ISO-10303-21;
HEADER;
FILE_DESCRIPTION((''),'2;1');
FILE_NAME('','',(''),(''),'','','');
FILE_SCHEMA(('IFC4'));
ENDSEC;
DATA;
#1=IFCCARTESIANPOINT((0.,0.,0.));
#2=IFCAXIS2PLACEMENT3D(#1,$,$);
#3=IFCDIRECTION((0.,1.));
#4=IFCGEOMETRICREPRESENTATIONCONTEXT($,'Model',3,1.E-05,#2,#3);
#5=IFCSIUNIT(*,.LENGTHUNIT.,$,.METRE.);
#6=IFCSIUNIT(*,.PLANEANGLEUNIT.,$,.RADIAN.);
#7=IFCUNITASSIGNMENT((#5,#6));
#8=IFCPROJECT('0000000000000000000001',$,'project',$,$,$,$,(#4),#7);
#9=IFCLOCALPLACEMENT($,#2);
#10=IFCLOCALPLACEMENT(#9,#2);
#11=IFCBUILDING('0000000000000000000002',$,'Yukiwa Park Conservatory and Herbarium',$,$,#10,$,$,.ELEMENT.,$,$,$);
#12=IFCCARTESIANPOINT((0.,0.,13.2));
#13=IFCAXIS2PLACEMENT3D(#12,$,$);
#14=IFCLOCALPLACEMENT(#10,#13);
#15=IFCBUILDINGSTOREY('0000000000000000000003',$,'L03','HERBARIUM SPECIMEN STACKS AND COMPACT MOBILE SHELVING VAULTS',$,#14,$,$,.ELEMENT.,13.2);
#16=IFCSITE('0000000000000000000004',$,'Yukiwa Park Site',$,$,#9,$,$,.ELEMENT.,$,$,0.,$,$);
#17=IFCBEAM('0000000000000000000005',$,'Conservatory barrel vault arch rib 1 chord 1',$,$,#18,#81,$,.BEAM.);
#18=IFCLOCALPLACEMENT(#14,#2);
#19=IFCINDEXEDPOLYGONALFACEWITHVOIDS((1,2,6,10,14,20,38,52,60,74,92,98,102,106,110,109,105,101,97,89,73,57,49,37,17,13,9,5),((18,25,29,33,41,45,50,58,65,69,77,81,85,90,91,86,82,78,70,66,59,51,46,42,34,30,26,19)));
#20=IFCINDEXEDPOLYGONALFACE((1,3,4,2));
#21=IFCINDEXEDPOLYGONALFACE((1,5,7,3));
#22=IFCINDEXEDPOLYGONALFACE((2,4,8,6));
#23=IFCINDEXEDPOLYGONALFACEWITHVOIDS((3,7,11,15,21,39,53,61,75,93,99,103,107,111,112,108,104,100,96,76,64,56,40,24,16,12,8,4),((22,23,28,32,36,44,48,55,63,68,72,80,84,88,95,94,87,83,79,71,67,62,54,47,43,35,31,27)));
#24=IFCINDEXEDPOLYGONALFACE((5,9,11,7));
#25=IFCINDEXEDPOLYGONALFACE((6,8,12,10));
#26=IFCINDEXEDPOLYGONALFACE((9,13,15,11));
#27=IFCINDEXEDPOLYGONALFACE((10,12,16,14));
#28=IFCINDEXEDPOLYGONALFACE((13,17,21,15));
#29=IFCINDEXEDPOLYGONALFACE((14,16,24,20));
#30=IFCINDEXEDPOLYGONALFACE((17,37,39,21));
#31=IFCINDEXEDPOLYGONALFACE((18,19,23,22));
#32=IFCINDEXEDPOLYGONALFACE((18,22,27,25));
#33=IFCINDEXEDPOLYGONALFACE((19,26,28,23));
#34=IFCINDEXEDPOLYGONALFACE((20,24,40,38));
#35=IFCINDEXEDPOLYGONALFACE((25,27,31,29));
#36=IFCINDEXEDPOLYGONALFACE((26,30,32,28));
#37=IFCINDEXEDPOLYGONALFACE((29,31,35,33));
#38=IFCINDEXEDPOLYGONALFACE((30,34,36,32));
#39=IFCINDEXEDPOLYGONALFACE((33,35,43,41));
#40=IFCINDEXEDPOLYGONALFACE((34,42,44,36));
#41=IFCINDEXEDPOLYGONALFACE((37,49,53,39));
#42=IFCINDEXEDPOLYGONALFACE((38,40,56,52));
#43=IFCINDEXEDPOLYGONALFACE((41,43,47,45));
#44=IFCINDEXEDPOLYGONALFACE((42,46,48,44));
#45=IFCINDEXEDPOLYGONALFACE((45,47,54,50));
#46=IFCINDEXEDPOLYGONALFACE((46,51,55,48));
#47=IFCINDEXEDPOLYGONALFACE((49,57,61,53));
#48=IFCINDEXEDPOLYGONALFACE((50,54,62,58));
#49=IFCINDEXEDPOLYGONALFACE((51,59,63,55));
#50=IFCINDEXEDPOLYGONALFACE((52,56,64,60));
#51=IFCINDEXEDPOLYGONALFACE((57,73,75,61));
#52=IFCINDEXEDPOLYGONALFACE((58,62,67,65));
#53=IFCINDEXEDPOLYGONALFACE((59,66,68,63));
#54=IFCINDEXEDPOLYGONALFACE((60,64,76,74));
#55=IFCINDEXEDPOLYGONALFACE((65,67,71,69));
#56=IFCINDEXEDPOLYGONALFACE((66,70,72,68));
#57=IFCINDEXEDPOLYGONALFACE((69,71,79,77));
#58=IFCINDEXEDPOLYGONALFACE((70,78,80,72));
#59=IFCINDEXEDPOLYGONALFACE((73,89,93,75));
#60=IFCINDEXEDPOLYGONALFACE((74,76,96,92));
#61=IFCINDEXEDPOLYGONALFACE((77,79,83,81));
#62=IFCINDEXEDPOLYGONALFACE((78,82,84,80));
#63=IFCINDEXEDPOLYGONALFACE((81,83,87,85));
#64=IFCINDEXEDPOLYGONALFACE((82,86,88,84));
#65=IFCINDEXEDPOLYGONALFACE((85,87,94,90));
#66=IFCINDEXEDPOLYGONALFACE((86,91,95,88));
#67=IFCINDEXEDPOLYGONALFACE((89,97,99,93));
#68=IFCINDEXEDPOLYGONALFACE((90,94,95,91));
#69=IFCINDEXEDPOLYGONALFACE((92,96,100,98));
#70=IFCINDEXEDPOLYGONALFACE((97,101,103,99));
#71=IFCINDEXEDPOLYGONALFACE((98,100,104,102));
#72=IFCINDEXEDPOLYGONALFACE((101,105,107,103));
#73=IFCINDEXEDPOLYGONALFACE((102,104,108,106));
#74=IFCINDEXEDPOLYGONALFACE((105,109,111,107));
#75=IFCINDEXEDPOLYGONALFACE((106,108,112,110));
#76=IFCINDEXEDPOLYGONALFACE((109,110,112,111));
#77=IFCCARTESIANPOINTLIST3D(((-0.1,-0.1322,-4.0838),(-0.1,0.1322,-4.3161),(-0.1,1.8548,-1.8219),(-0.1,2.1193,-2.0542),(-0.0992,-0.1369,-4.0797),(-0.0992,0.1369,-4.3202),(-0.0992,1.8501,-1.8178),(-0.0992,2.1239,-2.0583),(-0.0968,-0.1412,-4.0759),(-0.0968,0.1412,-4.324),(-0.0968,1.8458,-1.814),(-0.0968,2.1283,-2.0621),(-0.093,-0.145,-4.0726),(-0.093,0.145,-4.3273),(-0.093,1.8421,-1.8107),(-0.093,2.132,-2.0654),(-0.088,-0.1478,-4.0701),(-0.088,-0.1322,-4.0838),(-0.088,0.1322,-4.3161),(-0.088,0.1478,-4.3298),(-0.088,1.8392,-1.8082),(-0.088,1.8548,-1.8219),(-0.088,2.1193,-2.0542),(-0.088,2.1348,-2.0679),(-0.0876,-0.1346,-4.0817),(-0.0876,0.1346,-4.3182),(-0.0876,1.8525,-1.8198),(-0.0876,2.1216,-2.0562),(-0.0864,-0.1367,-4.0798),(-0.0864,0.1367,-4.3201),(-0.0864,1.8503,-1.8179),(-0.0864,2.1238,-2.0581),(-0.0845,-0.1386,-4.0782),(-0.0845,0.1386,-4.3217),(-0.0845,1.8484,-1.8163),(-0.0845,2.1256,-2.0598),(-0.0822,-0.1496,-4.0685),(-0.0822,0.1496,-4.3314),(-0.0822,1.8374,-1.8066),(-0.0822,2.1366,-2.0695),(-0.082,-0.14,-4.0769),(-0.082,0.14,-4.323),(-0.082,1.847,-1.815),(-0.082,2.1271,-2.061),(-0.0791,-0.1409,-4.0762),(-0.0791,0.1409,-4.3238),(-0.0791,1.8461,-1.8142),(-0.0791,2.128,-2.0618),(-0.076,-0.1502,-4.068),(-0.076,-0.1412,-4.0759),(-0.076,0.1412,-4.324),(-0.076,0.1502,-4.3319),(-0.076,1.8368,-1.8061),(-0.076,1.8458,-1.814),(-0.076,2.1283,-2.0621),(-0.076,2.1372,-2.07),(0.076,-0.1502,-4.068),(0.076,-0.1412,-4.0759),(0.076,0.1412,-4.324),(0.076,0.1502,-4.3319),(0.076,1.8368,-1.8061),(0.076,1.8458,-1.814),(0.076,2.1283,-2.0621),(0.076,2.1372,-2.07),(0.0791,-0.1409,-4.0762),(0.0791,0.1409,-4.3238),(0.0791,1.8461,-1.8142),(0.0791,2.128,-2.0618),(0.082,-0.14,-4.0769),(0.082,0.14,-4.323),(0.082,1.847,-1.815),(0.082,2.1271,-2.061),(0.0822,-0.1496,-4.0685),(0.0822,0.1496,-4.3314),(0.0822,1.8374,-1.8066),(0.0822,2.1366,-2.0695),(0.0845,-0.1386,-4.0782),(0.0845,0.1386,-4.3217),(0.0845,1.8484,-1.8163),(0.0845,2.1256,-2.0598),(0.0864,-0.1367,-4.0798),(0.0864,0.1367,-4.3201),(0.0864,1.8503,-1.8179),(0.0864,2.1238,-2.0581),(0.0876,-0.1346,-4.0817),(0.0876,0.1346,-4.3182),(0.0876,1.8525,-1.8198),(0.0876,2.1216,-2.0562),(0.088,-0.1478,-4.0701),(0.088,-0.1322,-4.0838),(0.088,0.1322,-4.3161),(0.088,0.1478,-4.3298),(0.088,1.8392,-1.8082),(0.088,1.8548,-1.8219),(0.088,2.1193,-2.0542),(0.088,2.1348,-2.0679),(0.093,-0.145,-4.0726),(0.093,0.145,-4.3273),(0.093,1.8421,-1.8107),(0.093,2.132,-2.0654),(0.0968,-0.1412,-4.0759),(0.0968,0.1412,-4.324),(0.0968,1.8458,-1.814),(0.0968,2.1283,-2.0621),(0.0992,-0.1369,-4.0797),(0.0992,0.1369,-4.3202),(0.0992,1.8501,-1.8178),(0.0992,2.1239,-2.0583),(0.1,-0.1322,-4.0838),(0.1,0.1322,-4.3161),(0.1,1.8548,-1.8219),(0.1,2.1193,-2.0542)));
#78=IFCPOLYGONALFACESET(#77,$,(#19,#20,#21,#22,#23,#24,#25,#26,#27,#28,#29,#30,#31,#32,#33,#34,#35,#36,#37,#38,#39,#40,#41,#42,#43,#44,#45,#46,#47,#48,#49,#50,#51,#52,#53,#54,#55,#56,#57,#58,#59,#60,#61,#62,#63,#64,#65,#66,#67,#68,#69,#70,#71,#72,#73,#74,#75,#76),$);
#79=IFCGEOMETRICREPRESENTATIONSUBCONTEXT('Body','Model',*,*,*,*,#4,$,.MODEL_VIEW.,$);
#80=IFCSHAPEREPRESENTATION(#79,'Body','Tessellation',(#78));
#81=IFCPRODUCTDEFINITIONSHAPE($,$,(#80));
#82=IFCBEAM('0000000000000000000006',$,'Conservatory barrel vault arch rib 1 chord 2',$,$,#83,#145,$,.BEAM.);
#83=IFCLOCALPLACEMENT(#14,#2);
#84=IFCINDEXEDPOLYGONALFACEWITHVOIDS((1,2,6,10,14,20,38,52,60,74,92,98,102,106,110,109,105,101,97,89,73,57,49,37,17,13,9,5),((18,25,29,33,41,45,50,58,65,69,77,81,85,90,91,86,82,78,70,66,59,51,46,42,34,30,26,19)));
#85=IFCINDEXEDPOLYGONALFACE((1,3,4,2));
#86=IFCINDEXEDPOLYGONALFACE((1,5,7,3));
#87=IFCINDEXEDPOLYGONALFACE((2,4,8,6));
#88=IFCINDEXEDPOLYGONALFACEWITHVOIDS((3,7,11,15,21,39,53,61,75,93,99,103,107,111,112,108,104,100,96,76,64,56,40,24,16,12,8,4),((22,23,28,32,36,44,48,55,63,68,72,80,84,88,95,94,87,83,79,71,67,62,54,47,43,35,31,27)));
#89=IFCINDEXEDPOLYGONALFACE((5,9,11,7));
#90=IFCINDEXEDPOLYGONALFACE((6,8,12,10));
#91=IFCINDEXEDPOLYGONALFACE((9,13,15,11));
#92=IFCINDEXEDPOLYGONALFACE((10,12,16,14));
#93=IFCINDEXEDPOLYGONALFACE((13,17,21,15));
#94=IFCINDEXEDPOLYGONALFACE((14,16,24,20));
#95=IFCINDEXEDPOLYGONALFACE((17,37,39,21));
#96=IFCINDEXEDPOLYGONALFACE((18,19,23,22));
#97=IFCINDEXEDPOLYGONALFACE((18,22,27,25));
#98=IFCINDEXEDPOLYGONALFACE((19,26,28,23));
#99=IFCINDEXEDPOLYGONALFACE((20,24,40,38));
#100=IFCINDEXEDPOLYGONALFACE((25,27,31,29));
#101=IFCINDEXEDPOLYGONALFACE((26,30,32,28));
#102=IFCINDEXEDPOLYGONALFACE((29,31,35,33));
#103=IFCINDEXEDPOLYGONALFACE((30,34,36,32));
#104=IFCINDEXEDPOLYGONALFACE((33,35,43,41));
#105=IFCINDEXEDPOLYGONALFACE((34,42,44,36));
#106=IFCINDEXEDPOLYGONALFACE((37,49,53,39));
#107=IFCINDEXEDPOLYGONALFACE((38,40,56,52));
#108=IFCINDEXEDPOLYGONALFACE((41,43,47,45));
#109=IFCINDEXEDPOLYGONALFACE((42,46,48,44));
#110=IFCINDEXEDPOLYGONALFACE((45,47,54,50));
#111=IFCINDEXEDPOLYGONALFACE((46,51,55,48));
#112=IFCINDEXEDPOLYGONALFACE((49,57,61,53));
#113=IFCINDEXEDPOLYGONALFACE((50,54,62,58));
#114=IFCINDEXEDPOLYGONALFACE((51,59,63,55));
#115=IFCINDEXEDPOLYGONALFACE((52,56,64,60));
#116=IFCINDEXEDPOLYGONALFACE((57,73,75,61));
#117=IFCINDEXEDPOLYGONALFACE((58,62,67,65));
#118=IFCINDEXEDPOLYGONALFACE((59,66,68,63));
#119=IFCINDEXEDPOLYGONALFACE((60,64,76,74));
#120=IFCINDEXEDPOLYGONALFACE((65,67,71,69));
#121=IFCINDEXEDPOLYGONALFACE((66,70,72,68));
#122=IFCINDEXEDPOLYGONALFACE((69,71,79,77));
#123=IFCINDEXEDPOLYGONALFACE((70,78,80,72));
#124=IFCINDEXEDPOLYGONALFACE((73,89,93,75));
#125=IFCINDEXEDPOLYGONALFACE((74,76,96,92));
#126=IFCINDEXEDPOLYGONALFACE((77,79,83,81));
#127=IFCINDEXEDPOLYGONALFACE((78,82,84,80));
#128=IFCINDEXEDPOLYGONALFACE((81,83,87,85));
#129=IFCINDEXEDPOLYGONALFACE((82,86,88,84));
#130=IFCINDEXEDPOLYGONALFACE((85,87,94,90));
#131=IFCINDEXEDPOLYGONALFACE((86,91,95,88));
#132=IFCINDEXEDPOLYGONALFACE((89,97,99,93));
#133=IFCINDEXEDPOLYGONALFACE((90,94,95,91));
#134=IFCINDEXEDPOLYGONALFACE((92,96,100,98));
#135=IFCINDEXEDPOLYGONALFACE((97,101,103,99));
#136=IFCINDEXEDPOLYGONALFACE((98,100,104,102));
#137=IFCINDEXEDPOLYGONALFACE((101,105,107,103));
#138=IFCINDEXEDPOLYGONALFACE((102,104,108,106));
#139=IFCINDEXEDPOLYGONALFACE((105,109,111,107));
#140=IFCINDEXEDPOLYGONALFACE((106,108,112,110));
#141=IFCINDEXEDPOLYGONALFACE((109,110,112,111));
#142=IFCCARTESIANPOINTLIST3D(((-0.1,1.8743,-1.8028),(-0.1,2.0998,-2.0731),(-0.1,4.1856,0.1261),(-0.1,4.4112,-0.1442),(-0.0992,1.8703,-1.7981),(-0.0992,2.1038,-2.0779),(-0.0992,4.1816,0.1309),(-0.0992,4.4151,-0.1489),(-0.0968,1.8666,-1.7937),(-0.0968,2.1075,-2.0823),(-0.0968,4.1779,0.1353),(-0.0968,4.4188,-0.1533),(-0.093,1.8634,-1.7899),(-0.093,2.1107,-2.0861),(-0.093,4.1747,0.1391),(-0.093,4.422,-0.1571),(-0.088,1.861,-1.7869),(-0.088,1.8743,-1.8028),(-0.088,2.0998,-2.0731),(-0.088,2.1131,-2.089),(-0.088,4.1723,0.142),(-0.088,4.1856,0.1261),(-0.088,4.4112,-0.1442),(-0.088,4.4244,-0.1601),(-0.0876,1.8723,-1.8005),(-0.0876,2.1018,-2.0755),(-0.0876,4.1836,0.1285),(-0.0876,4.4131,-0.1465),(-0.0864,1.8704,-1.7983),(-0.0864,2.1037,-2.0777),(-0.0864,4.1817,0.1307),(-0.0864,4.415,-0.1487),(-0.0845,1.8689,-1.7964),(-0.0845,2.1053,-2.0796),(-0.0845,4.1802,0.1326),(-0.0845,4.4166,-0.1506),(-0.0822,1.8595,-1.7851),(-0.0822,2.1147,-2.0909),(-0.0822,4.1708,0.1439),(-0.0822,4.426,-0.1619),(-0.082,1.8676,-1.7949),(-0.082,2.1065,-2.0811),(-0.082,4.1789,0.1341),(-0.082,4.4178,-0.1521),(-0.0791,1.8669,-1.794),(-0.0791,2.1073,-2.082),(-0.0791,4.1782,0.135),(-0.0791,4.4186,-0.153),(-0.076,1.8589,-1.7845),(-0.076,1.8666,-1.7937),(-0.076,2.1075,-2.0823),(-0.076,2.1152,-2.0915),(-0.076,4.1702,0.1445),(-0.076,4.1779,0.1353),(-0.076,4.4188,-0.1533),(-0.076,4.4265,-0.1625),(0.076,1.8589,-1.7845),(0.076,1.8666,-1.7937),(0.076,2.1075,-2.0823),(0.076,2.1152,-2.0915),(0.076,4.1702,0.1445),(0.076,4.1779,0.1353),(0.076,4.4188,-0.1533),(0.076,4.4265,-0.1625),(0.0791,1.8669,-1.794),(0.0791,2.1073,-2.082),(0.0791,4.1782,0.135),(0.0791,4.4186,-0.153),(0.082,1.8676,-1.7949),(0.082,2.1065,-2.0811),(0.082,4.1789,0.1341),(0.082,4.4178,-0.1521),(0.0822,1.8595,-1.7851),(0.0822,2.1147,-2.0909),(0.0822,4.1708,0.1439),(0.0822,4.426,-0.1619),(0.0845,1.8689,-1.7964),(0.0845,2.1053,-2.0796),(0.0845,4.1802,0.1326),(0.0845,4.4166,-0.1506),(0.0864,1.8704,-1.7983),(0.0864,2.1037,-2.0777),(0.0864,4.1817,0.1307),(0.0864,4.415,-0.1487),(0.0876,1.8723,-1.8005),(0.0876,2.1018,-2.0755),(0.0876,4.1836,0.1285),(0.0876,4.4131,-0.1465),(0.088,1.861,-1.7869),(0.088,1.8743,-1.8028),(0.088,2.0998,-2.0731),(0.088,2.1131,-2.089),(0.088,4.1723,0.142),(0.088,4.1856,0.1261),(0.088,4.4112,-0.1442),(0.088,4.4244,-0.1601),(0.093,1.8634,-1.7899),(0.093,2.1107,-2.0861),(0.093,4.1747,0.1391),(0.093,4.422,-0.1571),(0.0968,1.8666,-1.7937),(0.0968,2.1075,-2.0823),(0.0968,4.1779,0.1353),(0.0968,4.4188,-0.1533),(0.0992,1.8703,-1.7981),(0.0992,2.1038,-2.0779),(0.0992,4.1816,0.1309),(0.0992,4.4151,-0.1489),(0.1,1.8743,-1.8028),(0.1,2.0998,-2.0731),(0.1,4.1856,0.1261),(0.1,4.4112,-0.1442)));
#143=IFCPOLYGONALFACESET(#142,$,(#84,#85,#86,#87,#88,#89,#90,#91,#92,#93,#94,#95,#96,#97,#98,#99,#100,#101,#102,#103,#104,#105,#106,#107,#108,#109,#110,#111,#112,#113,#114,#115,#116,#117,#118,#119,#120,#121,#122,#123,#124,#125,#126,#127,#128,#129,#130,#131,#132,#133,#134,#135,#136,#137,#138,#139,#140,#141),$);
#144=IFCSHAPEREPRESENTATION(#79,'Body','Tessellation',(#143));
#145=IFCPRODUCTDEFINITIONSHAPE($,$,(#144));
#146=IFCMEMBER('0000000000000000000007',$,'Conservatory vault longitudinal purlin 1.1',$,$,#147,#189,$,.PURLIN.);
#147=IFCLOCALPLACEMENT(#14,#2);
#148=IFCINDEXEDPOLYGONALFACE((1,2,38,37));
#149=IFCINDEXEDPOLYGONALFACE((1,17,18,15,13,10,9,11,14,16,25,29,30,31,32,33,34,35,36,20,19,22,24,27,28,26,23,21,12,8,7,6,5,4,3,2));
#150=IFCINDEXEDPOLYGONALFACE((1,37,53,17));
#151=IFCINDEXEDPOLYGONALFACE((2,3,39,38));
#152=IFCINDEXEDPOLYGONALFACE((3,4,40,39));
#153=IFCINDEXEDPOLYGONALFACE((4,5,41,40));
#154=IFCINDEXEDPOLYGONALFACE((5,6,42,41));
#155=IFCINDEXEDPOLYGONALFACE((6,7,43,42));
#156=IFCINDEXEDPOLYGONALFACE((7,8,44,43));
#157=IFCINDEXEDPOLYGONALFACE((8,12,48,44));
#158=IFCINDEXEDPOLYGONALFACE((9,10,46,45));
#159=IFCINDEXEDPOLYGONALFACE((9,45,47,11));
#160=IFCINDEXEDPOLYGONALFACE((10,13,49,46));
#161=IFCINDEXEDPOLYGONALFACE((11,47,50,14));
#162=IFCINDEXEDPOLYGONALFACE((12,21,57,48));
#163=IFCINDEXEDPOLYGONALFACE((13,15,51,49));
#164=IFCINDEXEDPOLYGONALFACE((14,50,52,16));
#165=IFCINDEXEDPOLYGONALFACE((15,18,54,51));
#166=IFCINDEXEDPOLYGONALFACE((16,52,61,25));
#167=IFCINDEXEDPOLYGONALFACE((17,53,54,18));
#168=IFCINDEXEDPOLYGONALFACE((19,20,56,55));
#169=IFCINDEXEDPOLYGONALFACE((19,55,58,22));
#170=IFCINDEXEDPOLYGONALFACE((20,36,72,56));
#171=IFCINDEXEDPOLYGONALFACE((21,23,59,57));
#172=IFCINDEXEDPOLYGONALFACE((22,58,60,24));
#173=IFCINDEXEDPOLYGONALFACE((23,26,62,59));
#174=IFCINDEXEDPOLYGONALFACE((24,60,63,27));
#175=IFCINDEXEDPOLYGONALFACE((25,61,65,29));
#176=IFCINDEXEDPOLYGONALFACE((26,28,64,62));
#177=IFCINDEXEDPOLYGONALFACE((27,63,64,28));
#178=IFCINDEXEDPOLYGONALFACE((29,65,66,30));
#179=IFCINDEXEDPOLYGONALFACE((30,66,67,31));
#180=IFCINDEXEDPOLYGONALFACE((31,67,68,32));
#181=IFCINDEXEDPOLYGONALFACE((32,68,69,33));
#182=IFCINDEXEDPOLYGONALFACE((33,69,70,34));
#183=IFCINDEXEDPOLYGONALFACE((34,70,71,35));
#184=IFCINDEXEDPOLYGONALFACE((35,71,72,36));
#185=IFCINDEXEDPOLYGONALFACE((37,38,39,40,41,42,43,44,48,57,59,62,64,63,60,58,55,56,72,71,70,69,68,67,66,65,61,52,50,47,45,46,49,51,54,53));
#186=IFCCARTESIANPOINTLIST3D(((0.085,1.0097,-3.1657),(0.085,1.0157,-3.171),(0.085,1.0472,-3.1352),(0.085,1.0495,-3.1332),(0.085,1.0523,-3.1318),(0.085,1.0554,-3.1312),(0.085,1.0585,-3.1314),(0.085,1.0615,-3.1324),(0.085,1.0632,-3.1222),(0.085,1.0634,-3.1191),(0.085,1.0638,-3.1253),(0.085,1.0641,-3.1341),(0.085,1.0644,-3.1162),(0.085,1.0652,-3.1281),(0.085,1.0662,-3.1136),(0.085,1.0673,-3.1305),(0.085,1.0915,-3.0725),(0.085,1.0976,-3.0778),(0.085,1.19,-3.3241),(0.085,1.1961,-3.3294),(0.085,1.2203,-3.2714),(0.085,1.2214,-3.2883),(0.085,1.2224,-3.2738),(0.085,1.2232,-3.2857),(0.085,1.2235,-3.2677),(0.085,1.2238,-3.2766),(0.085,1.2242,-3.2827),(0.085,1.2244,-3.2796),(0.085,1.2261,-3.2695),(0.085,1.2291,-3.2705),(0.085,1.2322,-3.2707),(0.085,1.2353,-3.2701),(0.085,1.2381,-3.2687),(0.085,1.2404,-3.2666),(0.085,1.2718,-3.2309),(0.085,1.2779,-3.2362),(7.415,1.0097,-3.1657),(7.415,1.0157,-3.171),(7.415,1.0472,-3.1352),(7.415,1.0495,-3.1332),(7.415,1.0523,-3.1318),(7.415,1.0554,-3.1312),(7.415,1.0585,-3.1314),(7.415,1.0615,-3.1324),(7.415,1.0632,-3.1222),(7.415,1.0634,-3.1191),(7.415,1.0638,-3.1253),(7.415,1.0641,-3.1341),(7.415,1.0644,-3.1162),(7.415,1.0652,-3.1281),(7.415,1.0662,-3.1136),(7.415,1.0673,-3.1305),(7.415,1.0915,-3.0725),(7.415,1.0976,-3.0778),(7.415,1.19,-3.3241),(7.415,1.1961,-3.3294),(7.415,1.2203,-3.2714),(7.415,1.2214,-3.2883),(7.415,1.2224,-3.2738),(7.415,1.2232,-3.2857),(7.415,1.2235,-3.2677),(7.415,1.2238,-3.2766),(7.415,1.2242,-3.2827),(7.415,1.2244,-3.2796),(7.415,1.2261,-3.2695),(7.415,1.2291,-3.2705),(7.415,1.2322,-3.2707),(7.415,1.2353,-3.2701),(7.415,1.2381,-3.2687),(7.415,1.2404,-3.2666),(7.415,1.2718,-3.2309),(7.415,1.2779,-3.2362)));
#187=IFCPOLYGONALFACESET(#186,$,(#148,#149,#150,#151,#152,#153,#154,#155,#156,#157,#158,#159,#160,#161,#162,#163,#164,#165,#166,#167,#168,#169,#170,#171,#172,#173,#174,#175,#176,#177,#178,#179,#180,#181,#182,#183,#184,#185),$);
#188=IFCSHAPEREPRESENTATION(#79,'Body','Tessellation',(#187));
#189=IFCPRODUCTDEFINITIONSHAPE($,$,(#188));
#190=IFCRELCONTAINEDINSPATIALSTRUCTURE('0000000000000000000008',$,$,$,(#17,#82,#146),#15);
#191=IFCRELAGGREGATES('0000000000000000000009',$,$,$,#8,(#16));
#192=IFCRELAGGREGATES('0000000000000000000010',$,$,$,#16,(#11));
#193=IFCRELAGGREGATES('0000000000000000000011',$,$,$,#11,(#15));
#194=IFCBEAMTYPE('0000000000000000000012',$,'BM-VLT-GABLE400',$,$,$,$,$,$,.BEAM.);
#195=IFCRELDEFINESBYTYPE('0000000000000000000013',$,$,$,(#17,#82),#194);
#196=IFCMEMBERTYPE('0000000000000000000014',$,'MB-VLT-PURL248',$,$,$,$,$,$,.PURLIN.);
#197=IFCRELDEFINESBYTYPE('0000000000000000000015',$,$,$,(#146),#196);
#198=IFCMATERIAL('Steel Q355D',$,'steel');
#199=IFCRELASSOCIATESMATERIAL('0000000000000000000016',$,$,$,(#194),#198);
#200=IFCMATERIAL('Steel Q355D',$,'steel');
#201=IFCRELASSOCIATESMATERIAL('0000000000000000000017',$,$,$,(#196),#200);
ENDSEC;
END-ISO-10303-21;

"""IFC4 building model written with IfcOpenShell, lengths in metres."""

from ifc_helpers import new_model, si_unit, direction, frame, origin, origin_2d, place, context, subcontext, project, spatial, hollow_rectangle, i_section, extrude, material, material_profile, profile_set, type_object, element, save


model = new_model("IFC4")

# Units and contexts
model_context = context("Model", 3, precision=1e-05, world=origin(), true_north=direction((0.0, 1.0)))
body_context = subcontext(model_context, "Body", "Model", "MODEL_VIEW")
ifc_project = project(units=[si_unit("LENGTHUNIT", "METRE"), si_unit("PLANEANGLEUNIT", "RADIAN")], contexts=[model_context])

# Site, building, storey
site_placement = place(None, origin())
site = spatial("IfcSite", under=ifc_project, at=site_placement, Name="Yukiwa Park Site", CompositionType="ELEMENT", RefElevation=0.0)
building_placement = place(site_placement, origin())
building = spatial("IfcBuilding", under=site, at=building_placement, Name="Yukiwa Park Conservatory and Herbarium", CompositionType="ELEMENT")
storey_placement = place(building_placement, frame((0.0, 0.0, 13.2)))
storey = spatial("IfcBuildingStorey", under=building, at=storey_placement, Name="L03", Description="HERBARIUM SPECIMEN STACKS AND COMPACT MOBILE SHELVING VAULTS", CompositionType="ELEMENT", Elevation=13.2)

# Beams
ifc_material_1 = material(Name="Steel Q355D", Category="steel")
ifc_material_profile_1 = material_profile(ifc_material_1, hollow_rectangle(XDim=0.2, YDim=0.3999, WallThickness=0.012, InnerFilletRadius=0.012, OuterFilletRadius=0.0239, at=origin_2d()), Name="RHS 400x200x12")
ifc_profile_set_1 = profile_set([ifc_material_profile_1], Name="Steel Q355D")
beam_type_1 = type_object("IfcBeamType", Name="BM-VLT-GABLE400", PredefinedType="BEAM", material=ifc_profile_set_1)
beam_1_placement = place(storey_placement, frame((0.0, 0.0, -4.2), z_axis=(0.0, 0.659979, 0.751284), x_axis=(-1.0, 0.0, 0.0)))
element("IfcBeam", 1, at=beam_1_placement, inside=storey, type_object=beam_type_1, Name="Conservatory barrel vault arch rib 1 chord 1", PredefinedType="BEAM", context=body_context, shape_type="SweptSolid", body=[
    extrude(hollow_rectangle(XDim=0.2, YDim=0.3999, WallThickness=0.012, InnerFilletRadius=0.012, OuterFilletRadius=0.0239, at=origin_2d()), origin(), (0.0, 0.0, 1.0), 3.0107),
])
beam_2_placement = place(storey_placement, frame((0.0, 1.9871, -1.938), z_axis=(0.0, 0.767749, 0.640751), x_axis=(-1.0, 0.0, 0.0)))
element("IfcBeam", 2, at=beam_2_placement, inside=storey, type_object=beam_type_1, Name="Conservatory barrel vault arch rib 1 chord 2", PredefinedType="BEAM", context=body_context, shape_type="SweptSolid", body=[
    extrude(hollow_rectangle(XDim=0.2, YDim=0.3999, WallThickness=0.012, InnerFilletRadius=0.012, OuterFilletRadius=0.0239, at=origin_2d()), origin(), (0.0, 0.0, 1.0), 3.0105),
])

# Member
ifc_material_2 = material(Name="Steel Q355D", Category="steel")
ifc_material_profile_2 = material_profile(ifc_material_2, i_section(OverallWidth=0.124, OverallDepth=0.248, WebThickness=0.0049, FlangeThickness=0.0081, FilletRadius=0.012, at=origin_2d()), Name="HN 248x124x5x8")
ifc_profile_set_2 = profile_set([ifc_material_profile_2], Name="Steel Q355D")
member_type_1 = type_object("IfcMemberType", Name="MB-VLT-PURL248", PredefinedType="PURLIN", material=ifc_profile_set_2)
member_1_placement = place(storey_placement, frame((0.085, 1.1438, -3.2009), z_axis=(1.0, 0.0, 0.0), x_axis=(0.0, 0.659968, 0.751294)))
element("IfcMember", 3, at=member_1_placement, inside=storey, type_object=member_type_1, Name="Conservatory vault longitudinal purlin 1.1", PredefinedType="PURLIN", context=body_context, shape_type="SweptSolid", body=[
    extrude(i_section(OverallWidth=0.124, OverallDepth=0.248, WebThickness=0.0049, FlangeThickness=0.0081, FilletRadius=0.012, at=origin_2d()), origin(), (0.0, 0.0, 1.0), 7.3301),
])

save(model, "model.ifc")
